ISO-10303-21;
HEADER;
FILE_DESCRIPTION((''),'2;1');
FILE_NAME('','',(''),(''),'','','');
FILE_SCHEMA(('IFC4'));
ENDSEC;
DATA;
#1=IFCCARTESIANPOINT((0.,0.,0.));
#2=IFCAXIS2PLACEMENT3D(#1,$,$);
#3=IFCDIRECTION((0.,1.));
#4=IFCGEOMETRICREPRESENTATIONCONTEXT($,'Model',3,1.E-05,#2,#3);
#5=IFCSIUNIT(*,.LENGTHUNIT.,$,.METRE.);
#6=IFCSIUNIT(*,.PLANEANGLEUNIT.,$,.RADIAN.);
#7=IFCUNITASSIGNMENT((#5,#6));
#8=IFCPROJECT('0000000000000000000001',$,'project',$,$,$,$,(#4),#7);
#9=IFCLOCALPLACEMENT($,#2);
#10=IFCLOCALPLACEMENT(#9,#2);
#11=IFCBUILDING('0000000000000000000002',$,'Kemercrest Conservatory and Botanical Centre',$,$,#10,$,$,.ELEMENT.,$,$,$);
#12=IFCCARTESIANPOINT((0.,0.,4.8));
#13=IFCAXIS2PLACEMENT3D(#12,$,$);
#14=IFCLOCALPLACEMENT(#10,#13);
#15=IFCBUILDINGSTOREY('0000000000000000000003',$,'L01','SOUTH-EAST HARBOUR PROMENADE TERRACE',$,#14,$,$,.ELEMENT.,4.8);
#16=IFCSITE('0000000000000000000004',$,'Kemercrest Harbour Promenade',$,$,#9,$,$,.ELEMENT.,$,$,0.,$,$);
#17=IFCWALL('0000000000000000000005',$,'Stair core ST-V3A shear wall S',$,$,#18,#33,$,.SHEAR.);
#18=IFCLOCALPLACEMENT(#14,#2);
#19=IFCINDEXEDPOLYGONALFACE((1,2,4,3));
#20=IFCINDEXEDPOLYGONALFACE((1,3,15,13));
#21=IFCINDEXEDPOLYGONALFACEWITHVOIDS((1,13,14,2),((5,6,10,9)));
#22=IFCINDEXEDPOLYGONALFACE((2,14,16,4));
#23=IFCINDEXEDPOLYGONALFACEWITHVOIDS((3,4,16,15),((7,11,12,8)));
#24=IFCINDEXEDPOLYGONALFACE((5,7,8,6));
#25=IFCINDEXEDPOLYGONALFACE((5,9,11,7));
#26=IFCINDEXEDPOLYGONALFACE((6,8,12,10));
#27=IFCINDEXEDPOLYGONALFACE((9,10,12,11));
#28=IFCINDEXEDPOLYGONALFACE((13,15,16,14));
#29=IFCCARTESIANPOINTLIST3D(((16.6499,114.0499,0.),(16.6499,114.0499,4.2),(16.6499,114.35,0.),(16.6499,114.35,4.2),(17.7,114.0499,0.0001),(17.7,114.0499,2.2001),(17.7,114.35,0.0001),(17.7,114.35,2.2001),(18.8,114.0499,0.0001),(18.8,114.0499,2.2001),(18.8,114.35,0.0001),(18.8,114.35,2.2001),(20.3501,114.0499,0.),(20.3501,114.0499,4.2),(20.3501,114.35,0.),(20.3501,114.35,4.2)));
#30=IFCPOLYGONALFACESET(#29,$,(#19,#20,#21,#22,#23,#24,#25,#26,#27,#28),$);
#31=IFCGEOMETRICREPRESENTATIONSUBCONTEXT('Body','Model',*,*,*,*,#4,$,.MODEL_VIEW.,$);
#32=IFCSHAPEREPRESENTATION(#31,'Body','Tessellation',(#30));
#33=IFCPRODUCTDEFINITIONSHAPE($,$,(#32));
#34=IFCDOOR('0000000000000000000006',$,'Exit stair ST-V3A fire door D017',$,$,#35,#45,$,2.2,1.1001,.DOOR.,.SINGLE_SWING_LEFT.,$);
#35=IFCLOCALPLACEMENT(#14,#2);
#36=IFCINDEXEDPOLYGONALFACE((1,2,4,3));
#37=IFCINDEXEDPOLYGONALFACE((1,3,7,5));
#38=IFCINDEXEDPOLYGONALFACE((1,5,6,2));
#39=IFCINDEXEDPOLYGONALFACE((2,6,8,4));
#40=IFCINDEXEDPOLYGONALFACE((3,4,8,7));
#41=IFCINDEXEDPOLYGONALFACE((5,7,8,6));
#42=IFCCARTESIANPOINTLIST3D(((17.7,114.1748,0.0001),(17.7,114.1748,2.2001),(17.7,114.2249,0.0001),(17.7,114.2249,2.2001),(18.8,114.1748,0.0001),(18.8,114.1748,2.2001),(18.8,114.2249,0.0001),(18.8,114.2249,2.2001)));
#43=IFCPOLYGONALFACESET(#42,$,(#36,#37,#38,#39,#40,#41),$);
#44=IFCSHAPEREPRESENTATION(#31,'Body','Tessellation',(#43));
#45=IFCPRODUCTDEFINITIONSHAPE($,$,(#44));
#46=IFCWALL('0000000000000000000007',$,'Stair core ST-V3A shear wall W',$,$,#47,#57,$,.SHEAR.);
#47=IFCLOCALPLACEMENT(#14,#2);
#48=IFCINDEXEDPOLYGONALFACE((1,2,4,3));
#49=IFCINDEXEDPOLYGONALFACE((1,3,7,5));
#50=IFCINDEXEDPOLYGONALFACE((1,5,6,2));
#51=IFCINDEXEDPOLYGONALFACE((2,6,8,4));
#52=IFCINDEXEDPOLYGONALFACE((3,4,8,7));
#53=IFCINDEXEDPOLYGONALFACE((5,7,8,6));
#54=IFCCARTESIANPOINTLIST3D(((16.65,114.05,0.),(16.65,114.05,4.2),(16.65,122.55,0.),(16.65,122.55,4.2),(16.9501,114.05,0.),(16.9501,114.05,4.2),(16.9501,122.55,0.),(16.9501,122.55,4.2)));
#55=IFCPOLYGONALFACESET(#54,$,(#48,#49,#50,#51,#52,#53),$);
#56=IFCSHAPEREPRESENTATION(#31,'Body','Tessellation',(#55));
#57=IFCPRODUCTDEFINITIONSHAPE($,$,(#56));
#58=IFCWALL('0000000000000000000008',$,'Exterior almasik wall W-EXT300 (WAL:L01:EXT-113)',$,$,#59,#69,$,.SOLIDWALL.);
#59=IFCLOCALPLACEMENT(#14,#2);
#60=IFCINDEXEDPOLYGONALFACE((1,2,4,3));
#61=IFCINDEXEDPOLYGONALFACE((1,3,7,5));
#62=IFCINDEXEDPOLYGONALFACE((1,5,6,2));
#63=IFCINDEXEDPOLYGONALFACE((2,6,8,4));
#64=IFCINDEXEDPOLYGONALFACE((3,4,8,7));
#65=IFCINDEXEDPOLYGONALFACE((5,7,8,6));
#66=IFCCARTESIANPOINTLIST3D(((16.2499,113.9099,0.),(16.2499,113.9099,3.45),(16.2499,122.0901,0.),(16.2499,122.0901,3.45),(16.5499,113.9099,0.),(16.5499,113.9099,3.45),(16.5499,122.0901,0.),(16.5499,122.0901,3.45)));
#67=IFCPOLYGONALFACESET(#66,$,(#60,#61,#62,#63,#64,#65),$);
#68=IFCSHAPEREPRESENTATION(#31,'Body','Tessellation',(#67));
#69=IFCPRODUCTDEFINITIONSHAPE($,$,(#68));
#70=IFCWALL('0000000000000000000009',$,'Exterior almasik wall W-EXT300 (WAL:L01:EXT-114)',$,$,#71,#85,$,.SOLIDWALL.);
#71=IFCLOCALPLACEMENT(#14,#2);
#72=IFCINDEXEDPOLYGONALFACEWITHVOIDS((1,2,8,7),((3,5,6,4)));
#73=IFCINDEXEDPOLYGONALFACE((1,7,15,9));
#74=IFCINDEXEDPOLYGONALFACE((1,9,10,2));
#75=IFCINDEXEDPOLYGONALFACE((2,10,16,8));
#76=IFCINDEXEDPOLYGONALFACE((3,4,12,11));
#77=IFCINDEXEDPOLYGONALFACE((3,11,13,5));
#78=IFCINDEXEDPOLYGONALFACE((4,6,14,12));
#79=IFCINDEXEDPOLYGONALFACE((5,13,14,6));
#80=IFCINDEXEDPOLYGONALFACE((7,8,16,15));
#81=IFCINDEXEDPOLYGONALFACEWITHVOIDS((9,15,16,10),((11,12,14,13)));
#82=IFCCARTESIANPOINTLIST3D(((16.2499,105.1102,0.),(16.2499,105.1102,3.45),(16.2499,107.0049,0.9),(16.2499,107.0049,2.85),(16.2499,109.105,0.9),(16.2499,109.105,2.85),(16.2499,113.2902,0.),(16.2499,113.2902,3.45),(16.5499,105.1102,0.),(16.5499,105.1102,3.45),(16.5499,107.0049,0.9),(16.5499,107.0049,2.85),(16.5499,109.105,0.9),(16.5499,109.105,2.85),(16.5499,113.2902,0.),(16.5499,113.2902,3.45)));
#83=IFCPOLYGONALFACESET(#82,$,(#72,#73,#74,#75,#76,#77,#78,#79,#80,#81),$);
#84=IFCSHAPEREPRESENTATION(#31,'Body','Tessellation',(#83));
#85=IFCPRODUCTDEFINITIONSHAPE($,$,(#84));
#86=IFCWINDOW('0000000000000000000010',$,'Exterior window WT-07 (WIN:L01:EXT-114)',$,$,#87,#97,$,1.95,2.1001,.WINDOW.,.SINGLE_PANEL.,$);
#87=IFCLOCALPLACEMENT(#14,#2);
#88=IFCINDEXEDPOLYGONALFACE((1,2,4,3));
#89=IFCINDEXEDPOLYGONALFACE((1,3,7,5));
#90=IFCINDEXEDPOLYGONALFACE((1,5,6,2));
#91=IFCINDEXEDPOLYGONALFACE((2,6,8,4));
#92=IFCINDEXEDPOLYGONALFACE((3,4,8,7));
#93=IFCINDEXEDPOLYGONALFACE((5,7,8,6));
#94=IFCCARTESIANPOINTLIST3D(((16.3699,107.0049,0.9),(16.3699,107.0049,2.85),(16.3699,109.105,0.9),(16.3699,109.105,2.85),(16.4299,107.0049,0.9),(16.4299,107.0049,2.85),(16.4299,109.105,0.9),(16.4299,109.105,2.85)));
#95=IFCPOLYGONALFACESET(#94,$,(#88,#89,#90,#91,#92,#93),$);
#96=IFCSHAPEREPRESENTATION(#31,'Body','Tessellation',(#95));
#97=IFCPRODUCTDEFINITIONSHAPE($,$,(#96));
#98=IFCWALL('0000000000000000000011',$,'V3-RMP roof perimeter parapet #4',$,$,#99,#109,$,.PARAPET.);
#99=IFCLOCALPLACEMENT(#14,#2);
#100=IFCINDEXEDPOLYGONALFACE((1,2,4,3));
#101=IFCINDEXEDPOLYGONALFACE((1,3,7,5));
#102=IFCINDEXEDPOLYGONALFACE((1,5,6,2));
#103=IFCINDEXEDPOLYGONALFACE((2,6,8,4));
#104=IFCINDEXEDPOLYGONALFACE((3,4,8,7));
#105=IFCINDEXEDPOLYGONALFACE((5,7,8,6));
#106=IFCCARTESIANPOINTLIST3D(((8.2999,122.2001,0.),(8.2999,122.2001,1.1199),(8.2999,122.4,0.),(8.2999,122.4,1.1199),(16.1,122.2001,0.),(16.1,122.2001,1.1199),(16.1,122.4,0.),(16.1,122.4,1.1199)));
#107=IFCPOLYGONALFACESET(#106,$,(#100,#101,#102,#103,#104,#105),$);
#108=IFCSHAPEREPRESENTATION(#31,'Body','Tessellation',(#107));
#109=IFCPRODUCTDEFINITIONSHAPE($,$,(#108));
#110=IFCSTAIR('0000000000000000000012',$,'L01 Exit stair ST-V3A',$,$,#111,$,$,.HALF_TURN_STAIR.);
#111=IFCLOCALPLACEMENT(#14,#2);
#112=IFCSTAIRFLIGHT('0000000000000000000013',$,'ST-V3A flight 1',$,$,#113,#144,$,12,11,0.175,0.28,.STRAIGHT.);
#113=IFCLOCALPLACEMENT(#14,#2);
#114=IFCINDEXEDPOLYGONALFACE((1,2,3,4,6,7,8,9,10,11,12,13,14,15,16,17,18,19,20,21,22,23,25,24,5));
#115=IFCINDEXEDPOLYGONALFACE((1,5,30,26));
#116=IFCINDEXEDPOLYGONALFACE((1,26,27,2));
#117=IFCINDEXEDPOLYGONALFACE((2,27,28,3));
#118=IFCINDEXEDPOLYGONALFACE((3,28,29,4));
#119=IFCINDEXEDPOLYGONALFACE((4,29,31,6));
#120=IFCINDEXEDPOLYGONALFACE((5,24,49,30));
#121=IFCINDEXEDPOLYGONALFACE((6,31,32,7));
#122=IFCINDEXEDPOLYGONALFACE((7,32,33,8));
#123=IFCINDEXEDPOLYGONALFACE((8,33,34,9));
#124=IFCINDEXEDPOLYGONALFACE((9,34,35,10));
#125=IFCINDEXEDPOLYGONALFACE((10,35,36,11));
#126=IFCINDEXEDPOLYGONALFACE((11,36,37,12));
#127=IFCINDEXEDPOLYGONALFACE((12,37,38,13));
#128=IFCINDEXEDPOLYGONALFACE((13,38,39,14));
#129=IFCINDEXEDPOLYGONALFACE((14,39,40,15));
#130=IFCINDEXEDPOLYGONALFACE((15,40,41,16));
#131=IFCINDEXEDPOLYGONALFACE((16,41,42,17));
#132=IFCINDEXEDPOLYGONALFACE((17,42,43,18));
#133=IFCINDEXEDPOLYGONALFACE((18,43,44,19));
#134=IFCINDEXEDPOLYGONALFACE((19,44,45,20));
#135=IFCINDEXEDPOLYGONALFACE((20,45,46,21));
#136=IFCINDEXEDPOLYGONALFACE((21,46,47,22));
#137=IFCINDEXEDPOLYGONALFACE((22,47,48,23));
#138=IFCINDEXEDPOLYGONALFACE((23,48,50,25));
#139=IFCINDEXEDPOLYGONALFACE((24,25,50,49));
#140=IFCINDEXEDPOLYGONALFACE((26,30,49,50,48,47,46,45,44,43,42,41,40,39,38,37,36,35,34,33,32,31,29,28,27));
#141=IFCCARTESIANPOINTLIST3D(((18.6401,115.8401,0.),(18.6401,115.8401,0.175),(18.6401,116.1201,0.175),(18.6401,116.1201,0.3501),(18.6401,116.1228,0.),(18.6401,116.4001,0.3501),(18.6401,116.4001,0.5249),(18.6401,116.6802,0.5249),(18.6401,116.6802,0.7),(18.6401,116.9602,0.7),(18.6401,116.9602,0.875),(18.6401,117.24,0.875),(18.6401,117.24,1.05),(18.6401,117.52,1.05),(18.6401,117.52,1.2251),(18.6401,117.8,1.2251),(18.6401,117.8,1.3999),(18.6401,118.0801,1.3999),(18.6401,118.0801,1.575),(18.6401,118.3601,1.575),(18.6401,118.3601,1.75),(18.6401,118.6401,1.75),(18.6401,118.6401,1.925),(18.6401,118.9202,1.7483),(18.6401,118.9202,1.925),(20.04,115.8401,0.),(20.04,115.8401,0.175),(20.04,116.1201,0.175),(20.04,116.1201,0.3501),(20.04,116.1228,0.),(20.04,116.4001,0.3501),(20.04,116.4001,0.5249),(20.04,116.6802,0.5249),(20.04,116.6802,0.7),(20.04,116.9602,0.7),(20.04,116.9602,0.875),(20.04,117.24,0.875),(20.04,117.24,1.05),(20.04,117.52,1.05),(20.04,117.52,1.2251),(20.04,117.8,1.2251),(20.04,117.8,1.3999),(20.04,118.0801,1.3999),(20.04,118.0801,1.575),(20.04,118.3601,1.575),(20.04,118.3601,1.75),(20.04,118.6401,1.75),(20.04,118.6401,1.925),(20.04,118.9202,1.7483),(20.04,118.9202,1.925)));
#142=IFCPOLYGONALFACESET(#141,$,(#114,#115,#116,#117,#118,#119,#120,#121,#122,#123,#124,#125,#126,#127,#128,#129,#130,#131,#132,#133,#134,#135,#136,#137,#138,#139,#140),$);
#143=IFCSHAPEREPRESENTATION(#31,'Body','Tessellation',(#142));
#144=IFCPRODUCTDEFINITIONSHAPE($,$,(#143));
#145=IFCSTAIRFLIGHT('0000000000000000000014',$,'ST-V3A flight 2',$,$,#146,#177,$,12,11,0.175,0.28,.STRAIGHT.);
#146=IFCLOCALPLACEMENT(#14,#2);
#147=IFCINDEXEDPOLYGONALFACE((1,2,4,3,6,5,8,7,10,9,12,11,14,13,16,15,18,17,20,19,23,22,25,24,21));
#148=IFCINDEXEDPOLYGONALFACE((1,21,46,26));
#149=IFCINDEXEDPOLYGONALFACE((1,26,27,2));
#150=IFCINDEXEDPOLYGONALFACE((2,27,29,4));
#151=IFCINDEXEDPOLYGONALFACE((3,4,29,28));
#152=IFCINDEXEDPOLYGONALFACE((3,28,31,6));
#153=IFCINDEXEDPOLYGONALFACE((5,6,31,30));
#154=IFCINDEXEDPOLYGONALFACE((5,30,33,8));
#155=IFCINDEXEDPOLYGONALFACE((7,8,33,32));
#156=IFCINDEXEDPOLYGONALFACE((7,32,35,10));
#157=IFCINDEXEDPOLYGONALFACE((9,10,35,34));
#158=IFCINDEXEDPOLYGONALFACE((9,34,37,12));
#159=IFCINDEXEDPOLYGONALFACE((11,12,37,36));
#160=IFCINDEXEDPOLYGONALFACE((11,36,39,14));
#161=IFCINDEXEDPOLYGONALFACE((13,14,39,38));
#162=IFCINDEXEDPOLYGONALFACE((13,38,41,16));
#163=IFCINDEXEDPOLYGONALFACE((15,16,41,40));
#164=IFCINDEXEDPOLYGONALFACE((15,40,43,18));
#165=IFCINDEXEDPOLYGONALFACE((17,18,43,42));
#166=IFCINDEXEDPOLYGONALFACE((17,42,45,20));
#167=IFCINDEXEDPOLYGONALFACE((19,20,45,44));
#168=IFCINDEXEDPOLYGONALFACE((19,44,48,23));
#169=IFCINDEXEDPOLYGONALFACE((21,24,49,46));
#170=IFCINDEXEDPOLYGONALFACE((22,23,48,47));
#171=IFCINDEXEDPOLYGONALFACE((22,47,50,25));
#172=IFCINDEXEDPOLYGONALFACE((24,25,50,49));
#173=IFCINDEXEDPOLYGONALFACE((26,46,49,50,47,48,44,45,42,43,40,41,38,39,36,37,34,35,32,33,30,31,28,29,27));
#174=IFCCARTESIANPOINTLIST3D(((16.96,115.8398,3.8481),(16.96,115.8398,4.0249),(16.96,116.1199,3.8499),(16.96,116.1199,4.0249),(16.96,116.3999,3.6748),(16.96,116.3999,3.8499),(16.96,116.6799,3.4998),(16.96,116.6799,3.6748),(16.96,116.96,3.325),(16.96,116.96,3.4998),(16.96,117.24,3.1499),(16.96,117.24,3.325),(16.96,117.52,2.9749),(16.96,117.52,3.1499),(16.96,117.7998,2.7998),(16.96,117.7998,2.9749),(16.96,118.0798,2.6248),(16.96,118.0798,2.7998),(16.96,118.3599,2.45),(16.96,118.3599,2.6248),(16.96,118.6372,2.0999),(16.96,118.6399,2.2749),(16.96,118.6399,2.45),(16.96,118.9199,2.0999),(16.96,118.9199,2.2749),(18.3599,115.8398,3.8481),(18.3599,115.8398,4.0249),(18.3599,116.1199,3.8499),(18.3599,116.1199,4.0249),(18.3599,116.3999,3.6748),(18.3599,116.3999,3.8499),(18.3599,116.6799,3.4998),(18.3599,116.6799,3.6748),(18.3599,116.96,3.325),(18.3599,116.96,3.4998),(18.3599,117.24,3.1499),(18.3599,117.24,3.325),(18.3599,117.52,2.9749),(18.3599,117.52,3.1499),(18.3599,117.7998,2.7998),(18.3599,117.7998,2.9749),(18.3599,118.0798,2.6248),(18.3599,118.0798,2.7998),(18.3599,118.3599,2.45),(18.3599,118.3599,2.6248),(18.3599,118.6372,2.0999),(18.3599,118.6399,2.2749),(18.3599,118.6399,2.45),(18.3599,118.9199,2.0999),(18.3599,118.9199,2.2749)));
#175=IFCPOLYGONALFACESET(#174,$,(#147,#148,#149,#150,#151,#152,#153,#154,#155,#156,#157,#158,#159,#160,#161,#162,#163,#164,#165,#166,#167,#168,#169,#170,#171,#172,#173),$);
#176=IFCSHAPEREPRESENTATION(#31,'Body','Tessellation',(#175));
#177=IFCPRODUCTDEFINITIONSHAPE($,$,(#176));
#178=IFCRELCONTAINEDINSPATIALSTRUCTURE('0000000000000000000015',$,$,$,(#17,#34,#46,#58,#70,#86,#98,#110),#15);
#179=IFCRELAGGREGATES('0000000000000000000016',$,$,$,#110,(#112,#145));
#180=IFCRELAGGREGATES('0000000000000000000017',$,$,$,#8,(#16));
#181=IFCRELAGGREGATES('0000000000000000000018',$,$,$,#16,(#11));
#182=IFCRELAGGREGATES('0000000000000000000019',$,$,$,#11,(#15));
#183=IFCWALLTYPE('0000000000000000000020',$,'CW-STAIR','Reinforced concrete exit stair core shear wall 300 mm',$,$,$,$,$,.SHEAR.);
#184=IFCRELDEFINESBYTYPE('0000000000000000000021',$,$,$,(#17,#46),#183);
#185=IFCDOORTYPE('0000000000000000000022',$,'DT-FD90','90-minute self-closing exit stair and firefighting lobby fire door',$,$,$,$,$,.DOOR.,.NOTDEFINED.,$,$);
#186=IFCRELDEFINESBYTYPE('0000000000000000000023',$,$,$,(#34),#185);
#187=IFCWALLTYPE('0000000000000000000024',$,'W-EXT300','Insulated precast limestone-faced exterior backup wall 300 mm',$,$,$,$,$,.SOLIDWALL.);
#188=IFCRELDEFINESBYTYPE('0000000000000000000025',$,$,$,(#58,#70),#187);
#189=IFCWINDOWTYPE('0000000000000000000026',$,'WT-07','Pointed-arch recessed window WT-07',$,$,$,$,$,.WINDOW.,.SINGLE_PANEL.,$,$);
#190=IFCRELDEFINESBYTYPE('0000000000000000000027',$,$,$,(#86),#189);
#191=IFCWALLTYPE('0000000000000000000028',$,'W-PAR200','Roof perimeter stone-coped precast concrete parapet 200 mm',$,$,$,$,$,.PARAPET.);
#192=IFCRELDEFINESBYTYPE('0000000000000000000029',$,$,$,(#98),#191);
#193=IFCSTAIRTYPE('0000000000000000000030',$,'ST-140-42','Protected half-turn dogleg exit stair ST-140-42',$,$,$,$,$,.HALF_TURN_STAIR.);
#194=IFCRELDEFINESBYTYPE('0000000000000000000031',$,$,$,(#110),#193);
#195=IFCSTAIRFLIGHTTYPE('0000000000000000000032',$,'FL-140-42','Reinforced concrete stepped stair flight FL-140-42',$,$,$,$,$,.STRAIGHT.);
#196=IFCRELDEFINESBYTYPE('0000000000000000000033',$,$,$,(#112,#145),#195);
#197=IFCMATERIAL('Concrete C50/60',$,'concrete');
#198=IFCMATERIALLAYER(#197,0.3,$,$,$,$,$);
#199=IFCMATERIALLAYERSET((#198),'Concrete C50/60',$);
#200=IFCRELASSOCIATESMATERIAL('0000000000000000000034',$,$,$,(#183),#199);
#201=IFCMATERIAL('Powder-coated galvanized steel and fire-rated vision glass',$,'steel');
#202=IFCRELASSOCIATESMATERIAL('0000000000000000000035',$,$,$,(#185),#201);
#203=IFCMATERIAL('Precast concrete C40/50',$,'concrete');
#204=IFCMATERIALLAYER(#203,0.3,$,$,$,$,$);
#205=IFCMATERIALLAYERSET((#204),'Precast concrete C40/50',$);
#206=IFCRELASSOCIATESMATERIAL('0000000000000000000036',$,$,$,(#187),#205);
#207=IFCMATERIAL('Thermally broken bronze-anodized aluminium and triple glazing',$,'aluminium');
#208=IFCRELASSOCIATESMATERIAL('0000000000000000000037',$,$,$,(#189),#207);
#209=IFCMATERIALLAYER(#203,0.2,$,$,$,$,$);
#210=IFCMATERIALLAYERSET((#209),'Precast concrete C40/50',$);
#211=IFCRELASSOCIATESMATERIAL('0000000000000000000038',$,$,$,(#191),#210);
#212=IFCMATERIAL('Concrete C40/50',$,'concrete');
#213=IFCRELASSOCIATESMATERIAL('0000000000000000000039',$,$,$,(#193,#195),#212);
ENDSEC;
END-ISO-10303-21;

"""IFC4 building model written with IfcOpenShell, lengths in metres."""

from ifc_helpers import new_model, si_unit, direction, frame, frame_2d, origin, place, context, subcontext, project, spatial, polyline, rectangle, outline, extrude, material, layer, layer_set, type_object, element, fill, aggregate, save


model = new_model("IFC4")

# Units and contexts
model_context = context("Model", 3, precision=1e-05, world=origin(), true_north=direction((0.0, 1.0)))
body_context = subcontext(model_context, "Body", "Model", "MODEL_VIEW")
ifc_project = project(units=[si_unit("LENGTHUNIT", "METRE"), si_unit("PLANEANGLEUNIT", "RADIAN")], contexts=[model_context])

# Site, building, storey
site_placement = place(None, origin())
site = spatial("IfcSite", under=ifc_project, at=site_placement, Name="Kemercrest Harbour Promenade", CompositionType="ELEMENT", RefElevation=0.0)
building_placement = place(site_placement, origin())
building = spatial("IfcBuilding", under=site, at=building_placement, Name="Kemercrest Conservatory and Botanical Centre", CompositionType="ELEMENT")
storey_placement = place(building_placement, frame((0.0, 0.0, 4.8)))
storey = spatial("IfcBuildingStorey", under=building, at=storey_placement, Name="L01", Description="SOUTH-EAST HARBOUR PROMENADE TERRACE", CompositionType="ELEMENT", Elevation=4.8)

# Shared definitions
ifc_material_1 = material(Name="Concrete C40/50", Category="concrete")

# Shared definitions
ifc_material_2 = material(Name="Precast concrete C40/50", Category="concrete")

# Wall, opening, door
ifc_material_3 = material(Name="Concrete C50/60", Category="concrete")
ifc_layer_1 = layer(ifc_material_3, 0.3)
ifc_layer_set_1 = layer_set([ifc_layer_1], Name="Concrete C50/60")
wall_type_1 = type_object("IfcWallType", Name="CW-STAIR", Description="Reinforced concrete exit stair core shear wall 300 mm", PredefinedType="SHEAR", material=ifc_layer_set_1)
wall_1_placement = place(storey_placement, frame((16.6499, 114.2, 0.0), z_axis=(0.0, 0.0, 1.0), x_axis=(1.0, 0.0, 0.0)))
wall_1 = element("IfcWall", 1, at=wall_1_placement, inside=storey, type_object=wall_type_1, Name="Stair core ST-V3A shear wall S", PredefinedType="SHEAR", context=body_context, shape_type="SweptSolid", body=[
    extrude(rectangle(XDim=3.7002, YDim=0.3, at=frame_2d((1.8501, 0.0))), origin(), (0.0, 0.0, 1.0), 4.2),
])
opening_1_placement = place(wall_1_placement, frame((1.05, 0.0, 0.0)))
opening_1 = element("IfcOpeningElement", 2, at=opening_1_placement, cuts=wall_1, PredefinedType="OPENING", context=body_context, shape_type="SweptSolid", body=[
    extrude(rectangle(XDim=1.1001, YDim=2.2, at=frame_2d((0.55, 1.1001))), frame((0.0, 0.1602, 0.0), z_axis=(0.0, -1.0, 0.0), x_axis=(1.0, 0.0, 0.0)), (0.0, 0.0, 1.0), 0.3201),
])
ifc_material_4 = material(Name="Powder-coated galvanized steel and fire-rated vision glass", Category="steel")
door_type = type_object("IfcDoorType", Name="DT-FD90", Description="90-minute self-closing exit stair and firefighting lobby fire door", OperationType="NOTDEFINED", PredefinedType="DOOR", material=ifc_material_4)
door_placement = place(opening_1_placement, origin())
door = element("IfcDoor", 3, at=door_placement, inside=storey, type_object=door_type, Name="Exit stair ST-V3A fire door D017", OperationType="SINGLE_SWING_LEFT", OverallHeight=2.2, OverallWidth=1.1001, PredefinedType="DOOR", context=body_context, shape_type="SweptSolid", body=[
    extrude(rectangle(XDim=1.1001, YDim=2.2, at=frame_2d((0.55, 1.1001))), frame((0.0, 0.0249, 0.0), z_axis=(0.0, -1.0, 0.0), x_axis=(1.0, 0.0, 0.0)), (0.0, 0.0, 1.0), 0.05),
])
fill(opening_1, door)

# Walls
wall_2_placement = place(storey_placement, frame((16.8, 114.05, 0.0), z_axis=(0.0, 0.0, 1.0), x_axis=(0.0, 1.0, 0.0)))
element("IfcWall", 4, at=wall_2_placement, inside=storey, type_object=wall_type_1, Name="Stair core ST-V3A shear wall W", PredefinedType="SHEAR", context=body_context, shape_type="SweptSolid", body=[
    extrude(rectangle(XDim=8.5, YDim=0.3, at=frame_2d((4.25, 0.0))), origin(), (0.0, 0.0, 1.0), 4.2),
])
ifc_layer_2 = layer(ifc_material_2, 0.3)
ifc_layer_set_2 = layer_set([ifc_layer_2], Name="Precast concrete C40/50")
wall_type_2 = type_object("IfcWallType", Name="W-EXT300", Description="Insulated precast limestone-faced exterior backup wall 300 mm", PredefinedType="SOLIDWALL", material=ifc_layer_set_2)
wall_3_placement = place(storey_placement, frame((16.3999, 122.0901, 0.0), z_axis=(0.0, 0.0, 1.0), x_axis=(0.0, -1.0, 0.0)))
element("IfcWall", 5, at=wall_3_placement, inside=storey, type_object=wall_type_2, Name="Exterior almasik wall W-EXT300 (WAL:L01:EXT-113)", PredefinedType="SOLIDWALL", context=body_context, shape_type="SweptSolid", body=[
    extrude(rectangle(XDim=8.1802, YDim=0.3, at=frame_2d((4.0901, 0.0))), origin(), (0.0, 0.0, 1.0), 3.45),
])

# Wall, opening, window
wall_4_placement = place(storey_placement, frame((16.3999, 113.29, 0.0), z_axis=(0.0, 0.0, 1.0), x_axis=(0.0, -1.0, 0.0)))
wall_4 = element("IfcWall", 6, at=wall_4_placement, inside=storey, type_object=wall_type_2, Name="Exterior almasik wall W-EXT300 (WAL:L01:EXT-114)", PredefinedType="SOLIDWALL", context=body_context, shape_type="SweptSolid", body=[
    extrude(rectangle(XDim=8.1799, YDim=0.3, at=frame_2d((4.0898, 0.0))), origin(), (0.0, 0.0, 1.0), 3.45),
])
opening_2_placement = place(wall_4_placement, frame((4.1851, 0.0, 0.8999)))
opening_2 = element("IfcOpeningElement", 7, at=opening_2_placement, cuts=wall_4, PredefinedType="OPENING", context=body_context, shape_type="SweptSolid", body=[
    extrude(rectangle(XDim=2.1001, YDim=1.95, at=frame_2d((1.05, 0.9751))), frame((0.0, 0.1602, 0.0), z_axis=(0.0, -1.0, 0.0), x_axis=(1.0, 0.0, 0.0)), (0.0, 0.0, 1.0), 0.3201),
])
ifc_material_5 = material(Name="Thermally broken bronze-anodized aluminium and triple glazing", Category="aluminium")
window_type = type_object("IfcWindowType", Name="WT-07", Description="Pointed-arch recessed window WT-07", PartitioningType="SINGLE_PANEL", PredefinedType="WINDOW", material=ifc_material_5)
window_placement = place(opening_2_placement, origin())
window = element("IfcWindow", 8, at=window_placement, inside=storey, type_object=window_type, Name="Exterior window WT-07 (WIN:L01:EXT-114)", OverallHeight=1.95, OverallWidth=2.1001, PartitioningType="SINGLE_PANEL", PredefinedType="WINDOW", context=body_context, shape_type="SweptSolid", body=[
    extrude(rectangle(XDim=2.1001, YDim=1.95, at=frame_2d((1.05, 0.9751))), frame((0.0, 0.03, 0.0), z_axis=(0.0, -1.0, 0.0), x_axis=(1.0, 0.0, 0.0)), (0.0, 0.0, 1.0), 0.0601),
])
fill(opening_2, window)

# Wall
ifc_layer_3 = layer(ifc_material_2, 0.2)
ifc_layer_set_3 = layer_set([ifc_layer_3], Name="Precast concrete C40/50")
wall_type_3 = type_object("IfcWallType", Name="W-PAR200", Description="Roof perimeter stone-coped precast concrete parapet 200 mm", PredefinedType="PARAPET", material=ifc_layer_set_3)
wall_5_placement = place(storey_placement, frame((8.3, 122.3, 0.0), z_axis=(0.0, 0.0, 1.0), x_axis=(1.0, 0.0, 0.0)))
element("IfcWall", 9, at=wall_5_placement, inside=storey, type_object=wall_type_3, Name="V3-RMP roof perimeter parapet #4", PredefinedType="PARAPET", context=body_context, shape_type="SweptSolid", body=[
    extrude(rectangle(XDim=7.8, YDim=0.2, at=frame_2d((3.8999, 0.0))), origin(), (0.0, 0.0, 1.0), 1.1199),
])

# Stair, stair flights
stair_type = type_object("IfcStairType", Name="ST-140-42", Description="Protected half-turn dogleg exit stair ST-140-42", PredefinedType="HALF_TURN_STAIR", material=ifc_material_1)
stair_placement = place(storey_placement, origin())
stair = element("IfcStair", 10, at=stair_placement, inside=storey, type_object=stair_type, Name="L01 Exit stair ST-V3A", PredefinedType="HALF_TURN_STAIR")
stair_flight_type = type_object("IfcStairFlightType", Name="FL-140-42", Description="Reinforced concrete stepped stair flight FL-140-42", PredefinedType="STRAIGHT", material=ifc_material_1)
stair_flight_1_placement = place(storey_placement, frame((19.3401, 115.8401, 0.0), z_axis=(0.0, 0.0, 1.0), x_axis=(0.0, 1.0, 0.0)))
stair_flight_1 = element("IfcStairFlight", 11, at=stair_flight_1_placement, type_object=stair_flight_type, Name="ST-V3A flight 1", NumberOfRisers=12, NumberOfTreads=11, PredefinedType="STRAIGHT", RiserHeight=0.175, TreadLength=0.28, context=body_context, shape_type="SweptSolid", body=[
    extrude(outline(polyline([(0.0, 0.0), (0.0, 0.175), (0.28, 0.175), (0.28, 0.3501), (0.5601, 0.3501), (0.5601, 0.5249), (0.8401, 0.5249), (0.8401, 0.7), (1.1201, 0.7), (1.1201, 0.875), (1.3999, 0.875), (1.3999, 1.05), (1.6799, 1.05), (1.6799, 1.2251), (1.96, 1.2251), (1.96, 1.3999), (2.24, 1.3999), (2.24, 1.575), (2.52, 1.575), (2.52, 1.75), (2.8, 1.75), (2.8, 1.925), (3.0801, 1.925), (3.0801, 2.1001), (3.0801, 1.7483), (0.2827, 0.0), (0.0, 0.0)])), frame((0.0, 0.7, 0.0), z_axis=(0.0, -1.0, 0.0), x_axis=(1.0, 0.0, 0.0)), (0.0, 0.0, 1.0), 1.3999),
])
stair_flight_2_placement = place(storey_placement, frame((17.6599, 118.9199, 2.0999), z_axis=(0.0, 0.0, 1.0), x_axis=(0.0, -1.0, 0.0)))
stair_flight_2 = element("IfcStairFlight", 12, at=stair_flight_2_placement, type_object=stair_flight_type, Name="ST-V3A flight 2", NumberOfRisers=12, NumberOfTreads=11, PredefinedType="STRAIGHT", RiserHeight=0.175, TreadLength=0.28, context=body_context, shape_type="SweptSolid", body=[
    extrude(outline(polyline([(0.0, 0.0), (0.0, 0.175), (0.28, 0.175), (0.28, 0.3501), (0.5601, 0.3501), (0.5601, 0.5249), (0.8401, 0.5249), (0.8401, 0.7), (1.1201, 0.7), (1.1201, 0.875), (1.3999, 0.875), (1.3999, 1.05), (1.6799, 1.05), (1.6799, 1.2251), (1.96, 1.2251), (1.96, 1.3999), (2.24, 1.3999), (2.24, 1.575), (2.52, 1.575), (2.52, 1.75), (2.8, 1.75), (2.8, 1.925), (3.0801, 1.925), (3.0801, 2.1001), (3.0801, 1.7483), (0.2827, 0.0), (0.0, 0.0)])), frame((0.0, 0.7, 0.0), z_axis=(0.0, -1.0, 0.0), x_axis=(1.0, 0.0, 0.0)), (0.0, 0.0, 1.0), 1.3999),
])
aggregate(stair, [stair_flight_1, stair_flight_2])

save(model, "model.ifc")
